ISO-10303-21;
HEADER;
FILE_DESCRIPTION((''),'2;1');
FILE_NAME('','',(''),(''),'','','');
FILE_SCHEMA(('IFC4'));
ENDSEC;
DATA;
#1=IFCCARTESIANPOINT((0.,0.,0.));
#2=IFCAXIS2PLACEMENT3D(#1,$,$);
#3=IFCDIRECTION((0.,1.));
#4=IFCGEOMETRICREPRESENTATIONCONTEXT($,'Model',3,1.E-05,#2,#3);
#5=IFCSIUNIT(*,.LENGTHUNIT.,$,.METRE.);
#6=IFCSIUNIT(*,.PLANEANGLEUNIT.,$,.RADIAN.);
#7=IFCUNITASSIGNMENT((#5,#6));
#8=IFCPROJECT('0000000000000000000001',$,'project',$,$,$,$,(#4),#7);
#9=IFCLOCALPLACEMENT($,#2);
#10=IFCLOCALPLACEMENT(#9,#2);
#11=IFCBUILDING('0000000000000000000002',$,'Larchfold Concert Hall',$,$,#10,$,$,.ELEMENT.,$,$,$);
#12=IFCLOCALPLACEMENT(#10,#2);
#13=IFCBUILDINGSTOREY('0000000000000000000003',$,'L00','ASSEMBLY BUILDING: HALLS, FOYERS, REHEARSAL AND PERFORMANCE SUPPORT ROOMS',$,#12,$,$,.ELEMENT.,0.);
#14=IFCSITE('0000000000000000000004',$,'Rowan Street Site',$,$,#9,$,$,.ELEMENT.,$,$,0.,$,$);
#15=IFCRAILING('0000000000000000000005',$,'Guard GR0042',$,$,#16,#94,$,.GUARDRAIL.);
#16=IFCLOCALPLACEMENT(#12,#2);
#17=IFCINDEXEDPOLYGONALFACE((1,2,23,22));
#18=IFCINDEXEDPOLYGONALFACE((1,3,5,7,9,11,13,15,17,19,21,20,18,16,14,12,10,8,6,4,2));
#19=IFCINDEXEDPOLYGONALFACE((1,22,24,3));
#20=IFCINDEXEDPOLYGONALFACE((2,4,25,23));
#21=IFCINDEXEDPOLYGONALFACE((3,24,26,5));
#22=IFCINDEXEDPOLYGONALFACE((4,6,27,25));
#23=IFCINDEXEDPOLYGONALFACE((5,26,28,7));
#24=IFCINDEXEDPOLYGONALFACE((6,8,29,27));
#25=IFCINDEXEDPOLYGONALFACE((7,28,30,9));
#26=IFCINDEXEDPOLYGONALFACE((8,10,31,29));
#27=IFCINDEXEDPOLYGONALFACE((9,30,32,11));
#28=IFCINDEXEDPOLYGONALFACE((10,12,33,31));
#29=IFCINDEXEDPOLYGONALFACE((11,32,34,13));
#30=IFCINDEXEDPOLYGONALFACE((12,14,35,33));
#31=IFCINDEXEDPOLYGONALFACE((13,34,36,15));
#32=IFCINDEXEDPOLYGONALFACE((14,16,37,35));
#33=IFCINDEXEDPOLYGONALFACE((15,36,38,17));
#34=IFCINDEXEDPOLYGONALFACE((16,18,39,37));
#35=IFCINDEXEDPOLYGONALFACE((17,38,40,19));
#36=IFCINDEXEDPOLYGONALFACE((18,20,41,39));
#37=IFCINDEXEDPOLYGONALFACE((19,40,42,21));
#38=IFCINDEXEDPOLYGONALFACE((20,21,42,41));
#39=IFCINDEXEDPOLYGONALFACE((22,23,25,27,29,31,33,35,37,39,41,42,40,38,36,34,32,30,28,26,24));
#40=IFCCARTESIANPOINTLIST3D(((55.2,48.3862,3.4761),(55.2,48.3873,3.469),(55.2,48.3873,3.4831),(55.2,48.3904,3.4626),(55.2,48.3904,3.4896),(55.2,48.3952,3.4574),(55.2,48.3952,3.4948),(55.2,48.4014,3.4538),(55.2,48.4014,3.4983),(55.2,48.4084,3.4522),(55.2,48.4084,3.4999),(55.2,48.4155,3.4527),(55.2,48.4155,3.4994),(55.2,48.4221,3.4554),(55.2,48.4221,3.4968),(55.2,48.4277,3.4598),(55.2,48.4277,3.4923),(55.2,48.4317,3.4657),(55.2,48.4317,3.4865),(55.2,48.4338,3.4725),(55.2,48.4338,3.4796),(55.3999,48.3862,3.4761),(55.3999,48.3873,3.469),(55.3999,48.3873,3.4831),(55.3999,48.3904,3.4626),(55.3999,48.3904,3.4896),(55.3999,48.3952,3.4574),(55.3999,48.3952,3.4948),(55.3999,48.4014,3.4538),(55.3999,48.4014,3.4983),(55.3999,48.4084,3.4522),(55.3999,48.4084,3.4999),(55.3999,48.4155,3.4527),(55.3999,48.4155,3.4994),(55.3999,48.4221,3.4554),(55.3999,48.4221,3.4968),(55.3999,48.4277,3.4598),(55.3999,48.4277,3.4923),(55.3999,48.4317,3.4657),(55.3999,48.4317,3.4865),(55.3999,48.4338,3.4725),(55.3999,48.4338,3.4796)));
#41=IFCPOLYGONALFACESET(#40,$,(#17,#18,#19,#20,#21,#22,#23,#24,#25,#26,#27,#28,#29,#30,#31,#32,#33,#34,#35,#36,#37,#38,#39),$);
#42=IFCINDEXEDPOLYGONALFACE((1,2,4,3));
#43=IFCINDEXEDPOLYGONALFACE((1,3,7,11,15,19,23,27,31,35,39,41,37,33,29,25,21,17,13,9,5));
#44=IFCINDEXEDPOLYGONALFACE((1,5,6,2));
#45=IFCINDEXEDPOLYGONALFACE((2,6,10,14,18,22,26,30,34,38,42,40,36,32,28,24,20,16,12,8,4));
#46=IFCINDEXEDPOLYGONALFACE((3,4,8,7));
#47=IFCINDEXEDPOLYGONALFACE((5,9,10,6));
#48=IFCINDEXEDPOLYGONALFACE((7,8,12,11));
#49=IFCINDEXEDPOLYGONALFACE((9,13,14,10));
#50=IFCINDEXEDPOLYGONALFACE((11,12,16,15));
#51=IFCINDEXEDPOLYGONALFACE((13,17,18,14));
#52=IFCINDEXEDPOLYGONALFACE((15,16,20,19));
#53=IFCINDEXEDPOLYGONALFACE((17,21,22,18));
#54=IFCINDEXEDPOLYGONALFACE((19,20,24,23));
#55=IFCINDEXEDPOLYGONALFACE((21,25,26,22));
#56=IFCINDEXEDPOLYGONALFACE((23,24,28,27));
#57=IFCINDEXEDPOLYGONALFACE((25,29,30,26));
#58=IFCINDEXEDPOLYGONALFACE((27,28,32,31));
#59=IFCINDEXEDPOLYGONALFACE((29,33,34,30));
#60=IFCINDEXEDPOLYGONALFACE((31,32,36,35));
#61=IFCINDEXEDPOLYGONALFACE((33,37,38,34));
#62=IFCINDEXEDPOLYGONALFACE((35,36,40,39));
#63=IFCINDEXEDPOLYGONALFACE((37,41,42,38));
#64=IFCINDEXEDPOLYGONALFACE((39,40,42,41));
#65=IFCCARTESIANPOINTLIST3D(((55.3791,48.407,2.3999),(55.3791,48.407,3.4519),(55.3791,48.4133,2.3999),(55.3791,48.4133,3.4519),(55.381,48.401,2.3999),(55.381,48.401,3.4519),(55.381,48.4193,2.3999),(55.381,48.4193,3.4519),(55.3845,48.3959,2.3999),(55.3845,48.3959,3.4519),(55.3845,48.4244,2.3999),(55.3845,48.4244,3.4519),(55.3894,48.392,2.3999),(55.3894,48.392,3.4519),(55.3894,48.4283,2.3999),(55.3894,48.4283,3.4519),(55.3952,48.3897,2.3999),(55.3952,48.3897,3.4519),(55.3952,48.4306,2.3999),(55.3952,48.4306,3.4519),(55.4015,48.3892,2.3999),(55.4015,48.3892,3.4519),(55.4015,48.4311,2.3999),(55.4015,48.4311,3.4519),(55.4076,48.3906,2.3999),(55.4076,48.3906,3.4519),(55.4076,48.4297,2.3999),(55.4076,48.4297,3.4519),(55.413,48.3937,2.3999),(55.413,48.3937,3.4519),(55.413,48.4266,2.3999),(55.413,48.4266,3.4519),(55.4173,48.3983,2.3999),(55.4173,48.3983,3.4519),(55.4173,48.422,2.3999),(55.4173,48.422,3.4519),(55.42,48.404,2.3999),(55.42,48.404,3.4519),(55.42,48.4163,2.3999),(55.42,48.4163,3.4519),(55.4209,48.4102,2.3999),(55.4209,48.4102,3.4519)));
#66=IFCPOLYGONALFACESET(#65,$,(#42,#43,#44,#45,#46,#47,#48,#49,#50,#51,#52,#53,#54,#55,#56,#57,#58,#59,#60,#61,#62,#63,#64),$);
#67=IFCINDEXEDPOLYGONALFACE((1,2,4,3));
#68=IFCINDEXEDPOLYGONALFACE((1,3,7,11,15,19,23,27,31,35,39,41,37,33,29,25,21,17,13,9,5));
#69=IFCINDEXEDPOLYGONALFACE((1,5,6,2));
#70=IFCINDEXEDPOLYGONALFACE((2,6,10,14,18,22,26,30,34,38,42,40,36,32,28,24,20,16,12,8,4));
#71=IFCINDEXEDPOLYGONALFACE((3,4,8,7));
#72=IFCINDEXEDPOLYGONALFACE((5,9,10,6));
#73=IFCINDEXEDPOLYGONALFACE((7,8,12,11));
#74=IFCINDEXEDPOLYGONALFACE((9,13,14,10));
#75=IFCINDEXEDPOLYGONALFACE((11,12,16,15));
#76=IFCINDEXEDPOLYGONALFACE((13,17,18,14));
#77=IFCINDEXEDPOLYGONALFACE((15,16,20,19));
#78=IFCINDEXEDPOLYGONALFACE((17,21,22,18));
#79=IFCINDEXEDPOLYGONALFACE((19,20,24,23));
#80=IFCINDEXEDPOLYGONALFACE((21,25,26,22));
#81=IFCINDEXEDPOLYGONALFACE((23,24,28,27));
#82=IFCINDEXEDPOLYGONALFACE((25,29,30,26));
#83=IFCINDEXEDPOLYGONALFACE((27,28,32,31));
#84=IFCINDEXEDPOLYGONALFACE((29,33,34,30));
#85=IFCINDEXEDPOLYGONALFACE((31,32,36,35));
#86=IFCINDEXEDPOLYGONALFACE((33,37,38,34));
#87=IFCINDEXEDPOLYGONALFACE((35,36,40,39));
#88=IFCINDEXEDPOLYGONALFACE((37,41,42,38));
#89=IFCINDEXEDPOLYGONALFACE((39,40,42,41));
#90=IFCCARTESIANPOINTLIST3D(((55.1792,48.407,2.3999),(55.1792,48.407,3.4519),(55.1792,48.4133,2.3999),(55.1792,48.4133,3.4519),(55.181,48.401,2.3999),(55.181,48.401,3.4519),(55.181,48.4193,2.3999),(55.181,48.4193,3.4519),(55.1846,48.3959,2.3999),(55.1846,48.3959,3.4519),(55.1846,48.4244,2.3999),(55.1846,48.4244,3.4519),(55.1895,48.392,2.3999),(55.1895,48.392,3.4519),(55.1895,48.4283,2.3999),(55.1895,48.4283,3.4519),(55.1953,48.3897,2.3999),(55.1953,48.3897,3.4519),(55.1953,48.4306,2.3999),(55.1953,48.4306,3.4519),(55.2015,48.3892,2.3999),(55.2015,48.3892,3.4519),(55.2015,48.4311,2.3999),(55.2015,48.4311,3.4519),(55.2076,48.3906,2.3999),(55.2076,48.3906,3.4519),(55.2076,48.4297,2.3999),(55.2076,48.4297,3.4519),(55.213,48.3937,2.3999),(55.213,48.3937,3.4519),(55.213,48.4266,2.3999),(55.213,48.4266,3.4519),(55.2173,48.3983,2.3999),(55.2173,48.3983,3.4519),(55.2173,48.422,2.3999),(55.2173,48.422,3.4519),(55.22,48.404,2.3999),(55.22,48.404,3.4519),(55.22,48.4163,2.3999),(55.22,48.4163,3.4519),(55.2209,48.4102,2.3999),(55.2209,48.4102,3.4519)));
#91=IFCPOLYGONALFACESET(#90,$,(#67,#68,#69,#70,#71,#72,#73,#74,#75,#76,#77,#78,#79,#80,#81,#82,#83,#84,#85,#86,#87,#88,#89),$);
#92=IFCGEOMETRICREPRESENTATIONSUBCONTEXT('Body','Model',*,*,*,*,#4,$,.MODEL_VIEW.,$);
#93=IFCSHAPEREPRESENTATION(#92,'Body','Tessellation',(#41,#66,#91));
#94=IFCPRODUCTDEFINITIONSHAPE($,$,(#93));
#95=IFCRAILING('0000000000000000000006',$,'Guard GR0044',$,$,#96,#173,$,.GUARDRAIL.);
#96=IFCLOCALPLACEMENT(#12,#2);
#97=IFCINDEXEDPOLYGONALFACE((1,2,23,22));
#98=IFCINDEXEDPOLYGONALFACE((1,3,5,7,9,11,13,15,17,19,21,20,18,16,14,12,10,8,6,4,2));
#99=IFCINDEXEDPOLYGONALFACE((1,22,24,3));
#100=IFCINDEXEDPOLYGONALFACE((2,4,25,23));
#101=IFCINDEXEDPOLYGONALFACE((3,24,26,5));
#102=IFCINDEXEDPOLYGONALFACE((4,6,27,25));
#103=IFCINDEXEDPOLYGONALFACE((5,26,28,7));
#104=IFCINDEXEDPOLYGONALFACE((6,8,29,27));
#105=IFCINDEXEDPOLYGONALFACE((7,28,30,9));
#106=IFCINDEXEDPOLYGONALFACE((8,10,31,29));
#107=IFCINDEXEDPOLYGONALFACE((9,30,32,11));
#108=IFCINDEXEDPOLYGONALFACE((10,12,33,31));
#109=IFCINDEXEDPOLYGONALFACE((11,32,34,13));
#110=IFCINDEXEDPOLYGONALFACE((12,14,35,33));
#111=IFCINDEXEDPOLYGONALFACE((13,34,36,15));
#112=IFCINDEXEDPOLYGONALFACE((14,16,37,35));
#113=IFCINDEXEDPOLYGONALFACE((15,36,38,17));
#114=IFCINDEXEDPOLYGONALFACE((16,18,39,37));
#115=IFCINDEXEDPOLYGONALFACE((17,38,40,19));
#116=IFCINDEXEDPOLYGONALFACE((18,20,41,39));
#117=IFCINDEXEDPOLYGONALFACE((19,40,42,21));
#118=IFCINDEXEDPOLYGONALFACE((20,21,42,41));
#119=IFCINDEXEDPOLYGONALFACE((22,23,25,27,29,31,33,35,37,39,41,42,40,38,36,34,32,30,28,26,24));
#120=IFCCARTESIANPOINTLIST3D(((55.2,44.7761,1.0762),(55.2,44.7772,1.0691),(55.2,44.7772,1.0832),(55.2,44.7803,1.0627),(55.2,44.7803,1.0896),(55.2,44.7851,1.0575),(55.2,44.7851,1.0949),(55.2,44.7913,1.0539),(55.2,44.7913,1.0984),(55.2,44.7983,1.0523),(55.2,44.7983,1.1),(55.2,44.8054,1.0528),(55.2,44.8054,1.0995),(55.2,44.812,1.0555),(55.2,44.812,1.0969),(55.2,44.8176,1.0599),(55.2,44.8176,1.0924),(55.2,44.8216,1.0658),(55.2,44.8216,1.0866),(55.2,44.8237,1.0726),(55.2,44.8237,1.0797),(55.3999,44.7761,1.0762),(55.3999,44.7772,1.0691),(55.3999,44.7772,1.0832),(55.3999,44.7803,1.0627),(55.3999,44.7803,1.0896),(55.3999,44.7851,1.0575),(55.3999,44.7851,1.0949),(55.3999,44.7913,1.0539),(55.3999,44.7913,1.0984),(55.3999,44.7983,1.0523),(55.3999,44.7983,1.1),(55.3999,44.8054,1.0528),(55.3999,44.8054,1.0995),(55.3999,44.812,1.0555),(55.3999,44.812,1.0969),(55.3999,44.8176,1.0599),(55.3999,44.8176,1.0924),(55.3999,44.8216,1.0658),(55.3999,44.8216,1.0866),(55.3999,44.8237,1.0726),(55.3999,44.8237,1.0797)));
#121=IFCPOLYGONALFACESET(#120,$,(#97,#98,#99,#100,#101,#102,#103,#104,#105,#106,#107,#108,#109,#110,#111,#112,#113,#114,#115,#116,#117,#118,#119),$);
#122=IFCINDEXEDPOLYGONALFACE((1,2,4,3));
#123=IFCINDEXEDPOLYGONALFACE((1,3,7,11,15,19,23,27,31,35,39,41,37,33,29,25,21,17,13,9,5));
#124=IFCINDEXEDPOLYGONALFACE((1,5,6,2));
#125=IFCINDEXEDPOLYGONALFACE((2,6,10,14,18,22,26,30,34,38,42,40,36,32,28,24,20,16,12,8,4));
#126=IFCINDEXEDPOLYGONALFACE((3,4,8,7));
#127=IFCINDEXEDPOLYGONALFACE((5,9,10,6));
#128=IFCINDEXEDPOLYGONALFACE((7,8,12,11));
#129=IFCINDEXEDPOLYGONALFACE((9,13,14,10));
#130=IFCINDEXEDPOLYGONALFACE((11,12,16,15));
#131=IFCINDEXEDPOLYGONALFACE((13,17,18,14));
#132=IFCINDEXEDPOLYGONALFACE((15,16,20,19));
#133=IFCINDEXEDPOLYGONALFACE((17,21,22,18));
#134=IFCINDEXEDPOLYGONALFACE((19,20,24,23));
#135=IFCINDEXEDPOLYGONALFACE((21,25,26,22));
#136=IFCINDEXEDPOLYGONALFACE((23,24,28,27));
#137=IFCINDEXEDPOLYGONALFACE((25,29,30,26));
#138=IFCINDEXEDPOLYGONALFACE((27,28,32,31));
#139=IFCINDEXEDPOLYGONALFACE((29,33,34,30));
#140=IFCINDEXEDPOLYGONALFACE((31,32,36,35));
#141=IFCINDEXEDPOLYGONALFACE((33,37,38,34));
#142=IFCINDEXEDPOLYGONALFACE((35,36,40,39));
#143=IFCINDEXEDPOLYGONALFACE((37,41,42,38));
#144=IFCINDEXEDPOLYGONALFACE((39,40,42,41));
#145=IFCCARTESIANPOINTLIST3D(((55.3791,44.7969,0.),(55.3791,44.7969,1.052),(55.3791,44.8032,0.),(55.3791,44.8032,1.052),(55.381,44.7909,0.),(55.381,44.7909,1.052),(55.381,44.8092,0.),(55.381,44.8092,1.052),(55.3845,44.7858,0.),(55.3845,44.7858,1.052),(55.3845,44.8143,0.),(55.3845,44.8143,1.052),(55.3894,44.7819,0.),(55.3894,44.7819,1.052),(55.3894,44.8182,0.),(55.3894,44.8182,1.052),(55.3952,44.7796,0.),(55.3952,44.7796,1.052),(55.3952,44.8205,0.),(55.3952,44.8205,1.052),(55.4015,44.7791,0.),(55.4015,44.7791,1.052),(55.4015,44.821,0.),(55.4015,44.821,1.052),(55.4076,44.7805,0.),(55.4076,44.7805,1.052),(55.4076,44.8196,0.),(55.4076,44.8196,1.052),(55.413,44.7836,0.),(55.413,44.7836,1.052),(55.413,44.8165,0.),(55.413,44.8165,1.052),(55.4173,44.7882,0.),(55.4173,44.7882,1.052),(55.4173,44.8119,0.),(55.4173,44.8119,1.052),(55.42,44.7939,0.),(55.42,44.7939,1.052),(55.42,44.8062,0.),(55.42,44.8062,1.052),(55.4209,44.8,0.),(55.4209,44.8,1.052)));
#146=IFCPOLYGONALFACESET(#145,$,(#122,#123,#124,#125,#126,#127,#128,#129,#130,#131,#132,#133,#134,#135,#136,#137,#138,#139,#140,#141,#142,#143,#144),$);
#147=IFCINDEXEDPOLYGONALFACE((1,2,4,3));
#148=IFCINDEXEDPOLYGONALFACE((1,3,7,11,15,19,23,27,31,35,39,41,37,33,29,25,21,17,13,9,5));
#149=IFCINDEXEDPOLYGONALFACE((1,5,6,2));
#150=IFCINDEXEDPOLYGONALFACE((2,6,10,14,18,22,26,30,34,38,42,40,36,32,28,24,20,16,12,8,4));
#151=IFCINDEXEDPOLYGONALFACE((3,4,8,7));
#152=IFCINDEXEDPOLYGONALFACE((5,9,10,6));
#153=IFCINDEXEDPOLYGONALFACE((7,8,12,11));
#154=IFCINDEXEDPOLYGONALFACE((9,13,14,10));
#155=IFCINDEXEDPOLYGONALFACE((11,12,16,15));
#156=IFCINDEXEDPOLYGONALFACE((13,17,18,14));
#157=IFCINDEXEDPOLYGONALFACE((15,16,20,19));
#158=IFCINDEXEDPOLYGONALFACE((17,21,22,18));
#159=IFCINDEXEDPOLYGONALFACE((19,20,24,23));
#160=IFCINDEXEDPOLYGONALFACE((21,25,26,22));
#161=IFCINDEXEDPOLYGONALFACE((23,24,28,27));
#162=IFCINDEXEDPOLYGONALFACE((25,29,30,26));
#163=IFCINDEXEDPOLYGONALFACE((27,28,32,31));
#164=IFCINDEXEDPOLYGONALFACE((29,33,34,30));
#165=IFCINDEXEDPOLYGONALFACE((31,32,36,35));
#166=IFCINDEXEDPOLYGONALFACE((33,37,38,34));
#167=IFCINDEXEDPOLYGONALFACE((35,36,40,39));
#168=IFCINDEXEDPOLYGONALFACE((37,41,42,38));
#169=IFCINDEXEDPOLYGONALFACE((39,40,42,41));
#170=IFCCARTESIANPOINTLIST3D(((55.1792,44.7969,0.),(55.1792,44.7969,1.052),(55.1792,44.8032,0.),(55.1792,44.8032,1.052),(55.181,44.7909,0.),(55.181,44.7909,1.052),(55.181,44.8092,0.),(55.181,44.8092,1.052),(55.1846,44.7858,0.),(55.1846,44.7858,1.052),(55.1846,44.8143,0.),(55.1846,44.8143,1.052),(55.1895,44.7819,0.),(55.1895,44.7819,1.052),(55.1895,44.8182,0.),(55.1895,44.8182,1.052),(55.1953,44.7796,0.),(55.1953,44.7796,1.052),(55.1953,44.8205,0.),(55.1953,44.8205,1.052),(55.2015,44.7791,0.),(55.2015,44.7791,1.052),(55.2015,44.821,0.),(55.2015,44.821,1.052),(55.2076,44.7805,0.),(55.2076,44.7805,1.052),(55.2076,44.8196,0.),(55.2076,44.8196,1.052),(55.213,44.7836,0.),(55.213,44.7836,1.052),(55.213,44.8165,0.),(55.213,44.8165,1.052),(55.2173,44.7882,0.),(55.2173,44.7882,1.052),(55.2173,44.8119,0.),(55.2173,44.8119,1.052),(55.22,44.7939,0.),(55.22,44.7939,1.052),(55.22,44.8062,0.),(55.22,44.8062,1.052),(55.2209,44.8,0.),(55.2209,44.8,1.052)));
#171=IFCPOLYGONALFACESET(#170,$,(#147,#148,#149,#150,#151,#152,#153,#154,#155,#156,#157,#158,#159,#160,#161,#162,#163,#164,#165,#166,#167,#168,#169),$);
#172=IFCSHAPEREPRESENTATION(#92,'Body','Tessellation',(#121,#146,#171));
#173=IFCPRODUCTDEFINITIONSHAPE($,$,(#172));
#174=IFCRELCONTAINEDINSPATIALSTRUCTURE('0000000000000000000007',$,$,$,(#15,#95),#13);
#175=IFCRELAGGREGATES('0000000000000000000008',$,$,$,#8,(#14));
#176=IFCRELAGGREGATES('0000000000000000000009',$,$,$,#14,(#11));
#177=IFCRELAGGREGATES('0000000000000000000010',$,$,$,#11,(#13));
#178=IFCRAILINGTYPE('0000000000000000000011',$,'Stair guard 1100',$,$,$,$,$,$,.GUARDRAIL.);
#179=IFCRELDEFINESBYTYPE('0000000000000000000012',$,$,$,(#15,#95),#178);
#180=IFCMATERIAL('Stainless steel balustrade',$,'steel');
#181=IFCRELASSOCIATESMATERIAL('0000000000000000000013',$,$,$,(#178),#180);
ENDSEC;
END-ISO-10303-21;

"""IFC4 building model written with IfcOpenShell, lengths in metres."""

from ifc_helpers import new_model, si_unit, direction, frame, origin, origin_2d, place, context, subcontext, project, spatial, circle, extrude, material, type_object, element, save


model = new_model("IFC4")

# Units and contexts
model_context = context("Model", 3, precision=1e-05, world=origin(), true_north=direction((0.0, 1.0)))
body_context = subcontext(model_context, "Body", "Model", "MODEL_VIEW")
ifc_project = project(units=[si_unit("LENGTHUNIT", "METRE"), si_unit("PLANEANGLEUNIT", "RADIAN")], contexts=[model_context])

# Site, building, storey
site_placement = place(None, origin())
site = spatial("IfcSite", under=ifc_project, at=site_placement, Name="Rowan Street Site", CompositionType="ELEMENT", RefElevation=0.0)
building_placement = place(site_placement, origin())
building = spatial("IfcBuilding", under=site, at=building_placement, Name="Larchfold Concert Hall", CompositionType="ELEMENT")
storey_placement = place(building_placement, origin())
storey = spatial("IfcBuildingStorey", under=building, at=storey_placement, Name="L00", Description="ASSEMBLY BUILDING: HALLS, FOYERS, REHEARSAL AND PERFORMANCE SUPPORT ROOMS", CompositionType="ELEMENT", Elevation=0.0)

# Railings
ifc_material_1 = material(Name="Stainless steel balustrade", Category="steel")
railing_type_1 = type_object("IfcRailingType", Name="Stair guard 1100", PredefinedType="GUARDRAIL", material=ifc_material_1)
for number, where, name in (
    (1, (55.3999, 48.4102, 2.3999), "Guard GR0042"),
    (2, (55.3999, 44.8, 0.0), "Guard GR0044"),
):
    element("IfcRailing", number, at=place(storey_placement, frame(where)), inside=storey, type_object=railing_type_1, Name=name, PredefinedType="GUARDRAIL", context=body_context, shape_type="SweptSolid", body=[
        extrude(circle(Radius=0.0239, at=origin_2d()), frame((0.0, 0.0, 1.0762), z_axis=(-1.0, 0.0, 0.0), x_axis=(0.0, -1.0, 0.0)), (0.0, 0.0, 1.0), 0.2),
        extrude(circle(Radius=0.021, at=origin_2d()), origin(), (0.0, 0.0, 1.0), 1.052),
        extrude(circle(Radius=0.021, at=origin_2d()), frame((-0.2, 0.0, 0.0)), (0.0, 0.0, 1.0), 1.052),
    ])

save(model, "model.ifc")
